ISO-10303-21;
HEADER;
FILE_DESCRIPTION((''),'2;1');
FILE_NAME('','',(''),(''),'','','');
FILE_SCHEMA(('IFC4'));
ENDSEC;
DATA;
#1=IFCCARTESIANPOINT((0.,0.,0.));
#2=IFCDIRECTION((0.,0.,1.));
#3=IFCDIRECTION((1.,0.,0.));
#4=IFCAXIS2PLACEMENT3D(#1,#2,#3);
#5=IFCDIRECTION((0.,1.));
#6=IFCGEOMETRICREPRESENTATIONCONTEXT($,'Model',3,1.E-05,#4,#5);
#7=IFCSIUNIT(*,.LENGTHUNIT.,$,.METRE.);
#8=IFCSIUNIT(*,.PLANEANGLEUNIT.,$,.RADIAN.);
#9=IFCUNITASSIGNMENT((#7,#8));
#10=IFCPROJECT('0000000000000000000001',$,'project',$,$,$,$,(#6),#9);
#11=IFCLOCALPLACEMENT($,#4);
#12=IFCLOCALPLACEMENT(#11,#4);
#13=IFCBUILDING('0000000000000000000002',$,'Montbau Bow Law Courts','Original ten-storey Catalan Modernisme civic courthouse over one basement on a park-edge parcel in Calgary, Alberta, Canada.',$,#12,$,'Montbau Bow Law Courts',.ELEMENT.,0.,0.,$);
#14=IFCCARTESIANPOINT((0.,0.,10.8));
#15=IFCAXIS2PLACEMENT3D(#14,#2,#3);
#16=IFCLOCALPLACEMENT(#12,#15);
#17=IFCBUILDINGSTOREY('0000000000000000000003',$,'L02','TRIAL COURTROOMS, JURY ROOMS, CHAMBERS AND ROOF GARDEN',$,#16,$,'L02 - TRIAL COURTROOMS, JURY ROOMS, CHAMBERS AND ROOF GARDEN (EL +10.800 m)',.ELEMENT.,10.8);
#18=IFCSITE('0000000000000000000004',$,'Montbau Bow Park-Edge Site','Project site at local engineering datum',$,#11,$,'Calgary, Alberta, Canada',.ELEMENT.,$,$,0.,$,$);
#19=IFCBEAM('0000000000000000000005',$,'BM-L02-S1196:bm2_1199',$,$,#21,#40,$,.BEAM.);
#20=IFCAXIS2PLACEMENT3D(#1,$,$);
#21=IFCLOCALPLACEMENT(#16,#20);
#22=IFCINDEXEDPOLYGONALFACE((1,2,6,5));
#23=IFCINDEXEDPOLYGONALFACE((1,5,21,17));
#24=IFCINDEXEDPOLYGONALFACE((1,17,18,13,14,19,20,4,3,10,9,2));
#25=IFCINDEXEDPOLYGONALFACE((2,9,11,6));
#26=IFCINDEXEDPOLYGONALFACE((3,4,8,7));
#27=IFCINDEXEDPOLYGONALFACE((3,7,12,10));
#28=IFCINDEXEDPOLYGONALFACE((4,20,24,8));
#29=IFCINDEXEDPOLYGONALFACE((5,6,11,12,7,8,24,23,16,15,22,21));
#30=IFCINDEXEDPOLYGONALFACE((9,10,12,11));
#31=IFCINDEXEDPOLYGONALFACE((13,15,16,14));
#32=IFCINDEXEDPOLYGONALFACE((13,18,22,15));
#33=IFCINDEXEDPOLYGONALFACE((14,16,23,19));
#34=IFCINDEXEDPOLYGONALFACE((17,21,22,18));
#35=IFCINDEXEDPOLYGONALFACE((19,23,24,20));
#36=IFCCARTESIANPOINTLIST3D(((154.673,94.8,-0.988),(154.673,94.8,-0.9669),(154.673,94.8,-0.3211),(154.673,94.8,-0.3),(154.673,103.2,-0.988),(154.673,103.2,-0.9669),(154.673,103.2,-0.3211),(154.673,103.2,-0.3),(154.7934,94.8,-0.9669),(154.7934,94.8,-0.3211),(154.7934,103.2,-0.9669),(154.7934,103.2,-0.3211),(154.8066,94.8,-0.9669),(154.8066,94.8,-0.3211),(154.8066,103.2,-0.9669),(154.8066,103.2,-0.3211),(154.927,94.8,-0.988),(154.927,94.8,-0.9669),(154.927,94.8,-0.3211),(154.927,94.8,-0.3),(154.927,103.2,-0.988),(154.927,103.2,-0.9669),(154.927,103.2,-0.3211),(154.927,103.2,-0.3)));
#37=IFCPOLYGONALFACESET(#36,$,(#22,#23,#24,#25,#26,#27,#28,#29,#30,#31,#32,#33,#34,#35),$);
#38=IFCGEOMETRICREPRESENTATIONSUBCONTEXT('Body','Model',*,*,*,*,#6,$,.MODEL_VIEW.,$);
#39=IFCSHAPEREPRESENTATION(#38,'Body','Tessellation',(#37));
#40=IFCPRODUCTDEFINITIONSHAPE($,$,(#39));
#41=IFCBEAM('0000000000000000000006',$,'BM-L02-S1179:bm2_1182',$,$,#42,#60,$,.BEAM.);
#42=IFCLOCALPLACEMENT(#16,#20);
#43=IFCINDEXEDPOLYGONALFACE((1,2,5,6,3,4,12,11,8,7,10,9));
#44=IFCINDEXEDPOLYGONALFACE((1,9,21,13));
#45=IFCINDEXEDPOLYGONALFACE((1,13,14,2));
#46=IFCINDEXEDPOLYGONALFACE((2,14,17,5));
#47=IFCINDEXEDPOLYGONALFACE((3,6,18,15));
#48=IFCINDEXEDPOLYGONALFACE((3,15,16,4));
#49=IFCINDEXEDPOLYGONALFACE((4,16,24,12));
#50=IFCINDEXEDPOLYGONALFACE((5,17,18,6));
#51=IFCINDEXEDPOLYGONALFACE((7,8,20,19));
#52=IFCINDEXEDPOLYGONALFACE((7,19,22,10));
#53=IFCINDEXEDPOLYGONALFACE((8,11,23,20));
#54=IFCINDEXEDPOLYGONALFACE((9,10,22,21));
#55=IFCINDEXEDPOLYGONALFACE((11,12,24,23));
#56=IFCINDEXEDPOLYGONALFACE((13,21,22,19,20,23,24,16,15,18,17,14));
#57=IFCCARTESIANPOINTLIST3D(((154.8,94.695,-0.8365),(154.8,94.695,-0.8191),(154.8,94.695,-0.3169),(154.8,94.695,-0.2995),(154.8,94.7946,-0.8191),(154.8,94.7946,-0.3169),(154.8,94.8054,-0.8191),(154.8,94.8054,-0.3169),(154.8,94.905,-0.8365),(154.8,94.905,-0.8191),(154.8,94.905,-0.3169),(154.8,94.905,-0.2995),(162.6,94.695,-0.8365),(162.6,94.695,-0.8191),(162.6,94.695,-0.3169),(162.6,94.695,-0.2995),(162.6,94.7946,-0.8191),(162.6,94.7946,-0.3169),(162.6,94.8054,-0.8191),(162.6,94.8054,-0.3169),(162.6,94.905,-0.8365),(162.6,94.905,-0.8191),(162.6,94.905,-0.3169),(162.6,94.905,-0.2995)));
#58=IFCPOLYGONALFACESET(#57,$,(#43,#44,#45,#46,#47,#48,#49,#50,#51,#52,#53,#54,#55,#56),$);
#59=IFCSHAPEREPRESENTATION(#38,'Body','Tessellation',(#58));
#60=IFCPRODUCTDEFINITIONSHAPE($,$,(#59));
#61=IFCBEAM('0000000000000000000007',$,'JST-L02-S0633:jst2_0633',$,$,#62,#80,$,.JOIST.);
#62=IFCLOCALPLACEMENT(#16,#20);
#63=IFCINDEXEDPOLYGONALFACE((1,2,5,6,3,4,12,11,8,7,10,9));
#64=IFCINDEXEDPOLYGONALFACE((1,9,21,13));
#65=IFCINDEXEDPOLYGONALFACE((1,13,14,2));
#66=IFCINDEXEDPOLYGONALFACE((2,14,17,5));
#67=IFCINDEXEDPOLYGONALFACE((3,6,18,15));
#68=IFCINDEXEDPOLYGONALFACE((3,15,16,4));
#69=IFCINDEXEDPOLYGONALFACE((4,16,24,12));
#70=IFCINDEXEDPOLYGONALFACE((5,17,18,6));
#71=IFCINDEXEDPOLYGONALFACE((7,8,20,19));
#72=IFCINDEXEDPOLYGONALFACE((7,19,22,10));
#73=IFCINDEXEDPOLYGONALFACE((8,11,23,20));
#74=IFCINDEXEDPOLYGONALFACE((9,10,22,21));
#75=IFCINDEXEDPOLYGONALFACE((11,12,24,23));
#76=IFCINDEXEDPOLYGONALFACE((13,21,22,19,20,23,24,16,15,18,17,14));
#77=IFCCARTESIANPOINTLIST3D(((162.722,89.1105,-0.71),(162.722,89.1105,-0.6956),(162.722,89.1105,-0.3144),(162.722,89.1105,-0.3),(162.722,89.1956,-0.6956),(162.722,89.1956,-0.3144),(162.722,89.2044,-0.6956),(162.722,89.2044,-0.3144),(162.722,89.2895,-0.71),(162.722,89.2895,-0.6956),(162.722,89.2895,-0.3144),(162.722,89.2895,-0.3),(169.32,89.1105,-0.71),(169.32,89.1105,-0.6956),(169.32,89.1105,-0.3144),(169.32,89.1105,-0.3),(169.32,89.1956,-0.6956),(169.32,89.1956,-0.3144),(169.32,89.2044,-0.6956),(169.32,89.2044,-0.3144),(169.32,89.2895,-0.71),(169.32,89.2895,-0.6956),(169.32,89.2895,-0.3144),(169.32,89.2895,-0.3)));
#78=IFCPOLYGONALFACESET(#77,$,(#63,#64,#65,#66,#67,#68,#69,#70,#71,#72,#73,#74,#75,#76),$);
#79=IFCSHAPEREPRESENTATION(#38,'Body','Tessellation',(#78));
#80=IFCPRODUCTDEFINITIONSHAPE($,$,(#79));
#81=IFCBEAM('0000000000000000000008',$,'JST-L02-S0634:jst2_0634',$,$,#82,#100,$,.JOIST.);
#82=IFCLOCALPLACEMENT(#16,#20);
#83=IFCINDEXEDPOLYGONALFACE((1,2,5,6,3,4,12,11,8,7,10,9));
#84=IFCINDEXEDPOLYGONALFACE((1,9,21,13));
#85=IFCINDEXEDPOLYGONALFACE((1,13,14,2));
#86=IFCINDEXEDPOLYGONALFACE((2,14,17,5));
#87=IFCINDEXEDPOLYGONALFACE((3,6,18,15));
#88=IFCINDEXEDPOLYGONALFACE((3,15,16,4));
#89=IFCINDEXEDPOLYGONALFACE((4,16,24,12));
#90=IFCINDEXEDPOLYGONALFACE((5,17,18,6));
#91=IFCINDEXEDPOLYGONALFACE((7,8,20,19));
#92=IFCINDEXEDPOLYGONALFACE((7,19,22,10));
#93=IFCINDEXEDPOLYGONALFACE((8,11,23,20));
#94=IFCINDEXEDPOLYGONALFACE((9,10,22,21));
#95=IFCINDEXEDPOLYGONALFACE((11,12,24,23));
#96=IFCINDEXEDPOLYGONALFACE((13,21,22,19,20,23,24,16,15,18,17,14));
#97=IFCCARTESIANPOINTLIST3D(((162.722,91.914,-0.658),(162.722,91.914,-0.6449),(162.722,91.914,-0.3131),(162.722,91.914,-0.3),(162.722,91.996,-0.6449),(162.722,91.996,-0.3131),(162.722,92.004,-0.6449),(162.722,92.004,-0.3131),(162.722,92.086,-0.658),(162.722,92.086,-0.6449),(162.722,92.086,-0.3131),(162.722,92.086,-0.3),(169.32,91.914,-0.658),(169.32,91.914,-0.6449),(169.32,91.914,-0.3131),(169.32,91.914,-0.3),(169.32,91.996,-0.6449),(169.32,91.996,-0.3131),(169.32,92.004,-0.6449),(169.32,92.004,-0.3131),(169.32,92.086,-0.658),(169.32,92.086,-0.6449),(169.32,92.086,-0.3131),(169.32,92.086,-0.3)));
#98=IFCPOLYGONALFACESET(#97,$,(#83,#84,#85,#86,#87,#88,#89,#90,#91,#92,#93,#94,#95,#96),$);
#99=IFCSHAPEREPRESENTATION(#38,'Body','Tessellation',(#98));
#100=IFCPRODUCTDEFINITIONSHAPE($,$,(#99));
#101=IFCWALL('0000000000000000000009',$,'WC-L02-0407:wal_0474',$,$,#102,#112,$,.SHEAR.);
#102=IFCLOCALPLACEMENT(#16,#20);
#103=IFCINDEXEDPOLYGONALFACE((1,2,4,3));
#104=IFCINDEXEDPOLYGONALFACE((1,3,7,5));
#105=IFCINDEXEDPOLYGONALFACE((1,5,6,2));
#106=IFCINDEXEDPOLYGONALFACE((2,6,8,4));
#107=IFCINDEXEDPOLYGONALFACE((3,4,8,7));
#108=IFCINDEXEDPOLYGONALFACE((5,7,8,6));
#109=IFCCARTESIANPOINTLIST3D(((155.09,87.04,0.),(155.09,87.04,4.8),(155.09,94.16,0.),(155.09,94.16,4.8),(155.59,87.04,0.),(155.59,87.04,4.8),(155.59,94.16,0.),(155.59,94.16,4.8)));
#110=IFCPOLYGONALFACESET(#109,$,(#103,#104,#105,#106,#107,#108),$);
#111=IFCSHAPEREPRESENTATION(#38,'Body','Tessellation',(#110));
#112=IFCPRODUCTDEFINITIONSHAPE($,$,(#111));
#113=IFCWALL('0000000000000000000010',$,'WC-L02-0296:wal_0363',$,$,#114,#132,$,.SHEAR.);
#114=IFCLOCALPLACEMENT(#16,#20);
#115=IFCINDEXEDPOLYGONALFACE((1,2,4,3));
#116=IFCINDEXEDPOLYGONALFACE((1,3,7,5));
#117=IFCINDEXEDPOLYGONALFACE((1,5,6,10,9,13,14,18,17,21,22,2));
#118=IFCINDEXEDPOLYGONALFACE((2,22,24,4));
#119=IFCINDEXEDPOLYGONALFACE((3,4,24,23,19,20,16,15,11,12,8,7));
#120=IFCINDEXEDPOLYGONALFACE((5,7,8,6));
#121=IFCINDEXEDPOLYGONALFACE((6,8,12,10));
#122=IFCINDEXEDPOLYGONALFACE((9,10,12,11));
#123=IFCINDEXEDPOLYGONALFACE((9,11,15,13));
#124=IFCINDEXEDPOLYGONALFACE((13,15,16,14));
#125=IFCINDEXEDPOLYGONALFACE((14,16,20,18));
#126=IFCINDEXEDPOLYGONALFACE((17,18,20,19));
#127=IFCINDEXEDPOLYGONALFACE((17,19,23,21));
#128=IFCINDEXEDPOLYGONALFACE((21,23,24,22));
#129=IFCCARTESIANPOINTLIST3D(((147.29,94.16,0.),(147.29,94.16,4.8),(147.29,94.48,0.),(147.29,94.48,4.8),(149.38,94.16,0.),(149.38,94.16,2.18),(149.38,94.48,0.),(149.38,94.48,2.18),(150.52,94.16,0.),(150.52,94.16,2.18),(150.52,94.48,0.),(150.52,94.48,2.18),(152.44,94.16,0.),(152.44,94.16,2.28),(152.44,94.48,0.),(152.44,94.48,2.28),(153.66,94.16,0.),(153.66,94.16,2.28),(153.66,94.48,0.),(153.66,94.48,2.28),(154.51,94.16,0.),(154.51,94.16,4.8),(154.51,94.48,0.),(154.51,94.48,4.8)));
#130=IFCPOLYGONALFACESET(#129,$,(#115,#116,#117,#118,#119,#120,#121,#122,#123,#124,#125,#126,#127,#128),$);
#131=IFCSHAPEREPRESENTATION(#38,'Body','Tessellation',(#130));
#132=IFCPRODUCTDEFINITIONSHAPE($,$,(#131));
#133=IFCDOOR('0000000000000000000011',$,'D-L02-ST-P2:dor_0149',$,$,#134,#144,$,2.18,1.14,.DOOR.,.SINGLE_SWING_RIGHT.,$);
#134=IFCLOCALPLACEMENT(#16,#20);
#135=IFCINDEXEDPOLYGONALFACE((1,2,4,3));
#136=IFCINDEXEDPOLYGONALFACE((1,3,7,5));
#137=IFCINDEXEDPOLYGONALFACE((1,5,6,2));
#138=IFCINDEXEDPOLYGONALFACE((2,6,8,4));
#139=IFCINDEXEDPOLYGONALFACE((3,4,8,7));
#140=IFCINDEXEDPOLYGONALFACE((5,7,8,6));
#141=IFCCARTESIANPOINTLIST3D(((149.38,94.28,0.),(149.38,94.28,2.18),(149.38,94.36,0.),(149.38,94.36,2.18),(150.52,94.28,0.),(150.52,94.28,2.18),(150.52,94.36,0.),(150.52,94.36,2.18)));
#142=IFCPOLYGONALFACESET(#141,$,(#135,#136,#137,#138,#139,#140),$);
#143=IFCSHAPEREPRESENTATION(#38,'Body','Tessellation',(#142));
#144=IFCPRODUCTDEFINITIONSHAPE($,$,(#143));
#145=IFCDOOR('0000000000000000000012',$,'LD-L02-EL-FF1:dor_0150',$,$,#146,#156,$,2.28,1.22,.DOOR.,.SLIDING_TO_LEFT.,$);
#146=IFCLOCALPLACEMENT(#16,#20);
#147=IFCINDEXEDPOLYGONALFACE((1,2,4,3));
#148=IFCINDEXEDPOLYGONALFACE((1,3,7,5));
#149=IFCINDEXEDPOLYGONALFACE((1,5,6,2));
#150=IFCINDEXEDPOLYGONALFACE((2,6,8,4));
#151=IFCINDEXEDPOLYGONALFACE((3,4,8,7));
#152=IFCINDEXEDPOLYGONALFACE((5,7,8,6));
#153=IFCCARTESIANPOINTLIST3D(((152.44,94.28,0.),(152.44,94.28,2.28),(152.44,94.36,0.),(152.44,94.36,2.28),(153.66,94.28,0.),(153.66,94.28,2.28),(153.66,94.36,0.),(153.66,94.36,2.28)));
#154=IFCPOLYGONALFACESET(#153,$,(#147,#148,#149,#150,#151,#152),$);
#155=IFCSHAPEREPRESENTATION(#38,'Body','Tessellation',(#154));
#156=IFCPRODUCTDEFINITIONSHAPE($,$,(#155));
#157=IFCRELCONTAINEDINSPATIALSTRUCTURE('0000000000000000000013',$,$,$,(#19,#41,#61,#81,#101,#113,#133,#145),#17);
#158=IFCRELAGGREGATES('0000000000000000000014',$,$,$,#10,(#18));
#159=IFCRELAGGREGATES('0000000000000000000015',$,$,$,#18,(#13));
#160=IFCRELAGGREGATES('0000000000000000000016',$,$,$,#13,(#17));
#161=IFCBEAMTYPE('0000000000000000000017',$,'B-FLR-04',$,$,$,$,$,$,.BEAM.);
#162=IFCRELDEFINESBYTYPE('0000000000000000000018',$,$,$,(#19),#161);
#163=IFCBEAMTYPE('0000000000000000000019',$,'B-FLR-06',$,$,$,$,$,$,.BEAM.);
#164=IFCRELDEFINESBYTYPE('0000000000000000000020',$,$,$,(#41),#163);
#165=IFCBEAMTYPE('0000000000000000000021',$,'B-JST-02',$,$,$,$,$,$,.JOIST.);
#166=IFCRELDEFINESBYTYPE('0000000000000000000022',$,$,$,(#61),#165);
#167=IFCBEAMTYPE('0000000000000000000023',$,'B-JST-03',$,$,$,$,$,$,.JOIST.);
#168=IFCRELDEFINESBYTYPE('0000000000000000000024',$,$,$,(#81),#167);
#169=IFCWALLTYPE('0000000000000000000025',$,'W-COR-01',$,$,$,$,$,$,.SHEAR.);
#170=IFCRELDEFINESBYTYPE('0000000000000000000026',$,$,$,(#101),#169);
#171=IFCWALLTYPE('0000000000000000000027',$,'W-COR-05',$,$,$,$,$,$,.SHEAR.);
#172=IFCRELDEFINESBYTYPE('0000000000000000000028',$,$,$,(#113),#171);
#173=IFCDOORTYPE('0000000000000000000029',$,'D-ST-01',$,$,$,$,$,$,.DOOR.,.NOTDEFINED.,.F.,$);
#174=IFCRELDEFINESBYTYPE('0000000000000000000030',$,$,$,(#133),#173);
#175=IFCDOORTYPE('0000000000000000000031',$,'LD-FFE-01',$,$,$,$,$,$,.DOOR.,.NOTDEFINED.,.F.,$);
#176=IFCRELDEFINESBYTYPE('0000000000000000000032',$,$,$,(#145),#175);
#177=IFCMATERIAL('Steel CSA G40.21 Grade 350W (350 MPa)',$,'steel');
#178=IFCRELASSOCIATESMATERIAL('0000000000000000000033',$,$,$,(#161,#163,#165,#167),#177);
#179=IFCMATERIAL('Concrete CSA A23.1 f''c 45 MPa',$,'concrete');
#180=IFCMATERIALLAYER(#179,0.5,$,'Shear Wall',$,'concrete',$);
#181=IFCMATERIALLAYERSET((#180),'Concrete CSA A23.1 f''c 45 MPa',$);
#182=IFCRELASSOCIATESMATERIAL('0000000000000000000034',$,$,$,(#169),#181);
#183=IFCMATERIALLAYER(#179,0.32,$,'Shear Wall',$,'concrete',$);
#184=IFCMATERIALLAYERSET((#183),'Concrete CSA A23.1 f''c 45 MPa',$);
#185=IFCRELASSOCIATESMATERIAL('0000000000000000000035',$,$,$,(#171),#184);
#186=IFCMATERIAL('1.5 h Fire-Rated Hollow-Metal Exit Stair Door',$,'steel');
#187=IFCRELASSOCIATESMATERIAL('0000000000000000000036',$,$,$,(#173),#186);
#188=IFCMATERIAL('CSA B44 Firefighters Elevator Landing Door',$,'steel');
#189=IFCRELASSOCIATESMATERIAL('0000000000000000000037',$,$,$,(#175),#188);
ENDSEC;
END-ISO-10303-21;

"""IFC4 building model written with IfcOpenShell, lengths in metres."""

from ifc_helpers import new_model, si_unit, direction, frame, frame_2d, origin_with_axes, origin_2d_with_axis, place, context, subcontext, project, spatial, rectangle, i_section, extrude, material, layer, layer_set, material_profile, profile_set, type_object, element, fill, save


model = new_model("IFC4")

# Units and contexts
model_context = context("Model", 3, precision=1e-05, world=origin_with_axes(), true_north=direction((0.0, 1.0)))
body_context = subcontext(model_context, "Body", "Model", "MODEL_VIEW")
ifc_project = project(units=[si_unit("LENGTHUNIT", "METRE"), si_unit("PLANEANGLEUNIT", "RADIAN")], contexts=[model_context])

# Site, building, storey
site_placement = place(None, origin_with_axes())
site = spatial("IfcSite", under=ifc_project, at=site_placement, Name="Montbau Bow Park-Edge Site", Description="Project site at local engineering datum", LongName="Calgary, Alberta, Canada", CompositionType="ELEMENT", RefElevation=0.0)
building_placement = place(site_placement, origin_with_axes())
building = spatial("IfcBuilding", under=site, at=building_placement, Name="Montbau Bow Law Courts", Description="Original ten-storey Catalan Modernisme civic courthouse over one basement on a park-edge parcel in Calgary, Alberta, Canada.", LongName="Montbau Bow Law Courts", CompositionType="ELEMENT", ElevationOfRefHeight=0.0, ElevationOfTerrain=0.0)
storey_placement = place(building_placement, frame((0.0, 0.0, 10.8), z_axis=(0.0, 0.0, 1.0), x_axis=(1.0, 0.0, 0.0)))
storey = spatial("IfcBuildingStorey", under=building, at=storey_placement, Name="L02", Description="TRIAL COURTROOMS, JURY ROOMS, CHAMBERS AND ROOF GARDEN", LongName="L02 - TRIAL COURTROOMS, JURY ROOMS, CHAMBERS AND ROOF GARDEN (EL +10.800 m)", CompositionType="ELEMENT", Elevation=10.8)

# Beams
ifc_material_1 = material(Name="Steel CSA G40.21 Grade 350W (350 MPa)", Category="steel")
ifc_material_profile_1 = material_profile(ifc_material_1, i_section(OverallWidth=0.254, OverallDepth=0.688, WebThickness=0.0131, FlangeThickness=0.0211, at=origin_2d_with_axis()), Name="W690X152", Category="Main", Priority=0)
ifc_profile_set_1 = profile_set([ifc_material_profile_1], Name="Steel CSA G40.21 Grade 350W (350 MPa)")
beam_type_1 = type_object("IfcBeamType", Name="B-FLR-04", PredefinedType="BEAM", material=ifc_profile_set_1)
beam_1_placement = place(None, frame((154.8, 94.8, 10.156), z_axis=(0.0, 1.0, 0.0), x_axis=(-1.0, 0.0, 0.0)))
element("IfcBeam", 1, at=beam_1_placement, inside=storey, type_object=beam_type_1, Name="BM-L02-S1196:bm2_1199", PredefinedType="BEAM", context=body_context, shape_type="SweptSolid", body=[
    extrude(i_section(OverallWidth=0.254, OverallDepth=0.688, WebThickness=0.0131, FlangeThickness=0.0211, at=origin_2d_with_axis()), origin_with_axes(), (0.0, 0.0, 1.0), 8.4),
])
ifc_material_profile_2 = material_profile(ifc_material_1, i_section(OverallWidth=0.21, OverallDepth=0.537, WebThickness=0.0109, FlangeThickness=0.0174, at=origin_2d_with_axis()), Name="W530X101", Category="Main", Priority=0)
ifc_profile_set_2 = profile_set([ifc_material_profile_2], Name="Steel CSA G40.21 Grade 350W (350 MPa)")
beam_type_2 = type_object("IfcBeamType", Name="B-FLR-06", PredefinedType="BEAM", material=ifc_profile_set_2)
beam_2_placement = place(None, frame((154.8, 94.8, 10.232), z_axis=(1.0, 0.0, 0.0), x_axis=(0.0, 1.0, 0.0)))
element("IfcBeam", 2, at=beam_2_placement, inside=storey, type_object=beam_type_2, Name="BM-L02-S1179:bm2_1182", PredefinedType="BEAM", context=body_context, shape_type="SweptSolid", body=[
    extrude(i_section(OverallWidth=0.21, OverallDepth=0.537, WebThickness=0.0109, FlangeThickness=0.0174, at=origin_2d_with_axis()), origin_with_axes(), (0.0, 0.0, 1.0), 7.8),
])
ifc_material_profile_3 = material_profile(ifc_material_1, i_section(OverallWidth=0.179, OverallDepth=0.41, WebThickness=0.0088, FlangeThickness=0.0144, at=origin_2d_with_axis()), Name="W410X67", Category="Main", Priority=0)
ifc_profile_set_3 = profile_set([ifc_material_profile_3], Name="Steel CSA G40.21 Grade 350W (350 MPa)")
beam_type_3 = type_object("IfcBeamType", Name="B-JST-02", PredefinedType="JOIST", material=ifc_profile_set_3)
beam_3_placement = place(None, frame((162.722, 89.2, 10.295), z_axis=(1.0, 0.0, 0.0), x_axis=(0.0, 1.0, 0.0)))
element("IfcBeam", 3, at=beam_3_placement, inside=storey, type_object=beam_type_3, Name="JST-L02-S0633:jst2_0633", PredefinedType="JOIST", context=body_context, shape_type="SweptSolid", body=[
    extrude(i_section(OverallWidth=0.179, OverallDepth=0.41, WebThickness=0.0088, FlangeThickness=0.0144, at=origin_2d_with_axis()), origin_with_axes(), (0.0, 0.0, 1.0), 6.598),
])
ifc_material_profile_4 = material_profile(ifc_material_1, i_section(OverallWidth=0.172, OverallDepth=0.358, WebThickness=0.0079, FlangeThickness=0.0131, at=origin_2d_with_axis()), Name="W360X57", Category="Main", Priority=0)
ifc_profile_set_4 = profile_set([ifc_material_profile_4], Name="Steel CSA G40.21 Grade 350W (350 MPa)")
beam_type_4 = type_object("IfcBeamType", Name="B-JST-03", PredefinedType="JOIST", material=ifc_profile_set_4)
beam_4_placement = place(None, frame((162.722, 92.0, 10.321), z_axis=(1.0, 0.0, 0.0), x_axis=(0.0, 1.0, 0.0)))
element("IfcBeam", 4, at=beam_4_placement, inside=storey, type_object=beam_type_4, Name="JST-L02-S0634:jst2_0634", PredefinedType="JOIST", context=body_context, shape_type="SweptSolid", body=[
    extrude(i_section(OverallWidth=0.172, OverallDepth=0.358, WebThickness=0.0079, FlangeThickness=0.0131, at=origin_2d_with_axis()), origin_with_axes(), (0.0, 0.0, 1.0), 6.598),
])

# Wall
ifc_material_2 = material(Name="Concrete CSA A23.1 f'c 45 MPa", Category="concrete")
ifc_layer_1 = layer(ifc_material_2, 0.5, Name="Shear Wall", Category="concrete")
ifc_layer_set_1 = layer_set([ifc_layer_1], Name="Concrete CSA A23.1 f'c 45 MPa")
wall_type_1 = type_object("IfcWallType", Name="W-COR-01", PredefinedType="SHEAR", material=ifc_layer_set_1)
wall_1_placement = place(None, frame((155.34, 94.16, 10.8), z_axis=(0.0, 0.0, 1.0), x_axis=(0.0, -1.0, 0.0)))
element("IfcWall", 5, at=wall_1_placement, inside=storey, type_object=wall_type_1, Name="WC-L02-0407:wal_0474", PredefinedType="SHEAR", context=body_context, shape_type="SweptSolid", body=[
    extrude(rectangle(XDim=7.12, YDim=0.5, at=frame_2d((3.56, 0.0), x_axis=(1.0, 0.0))), origin_with_axes(), (0.0, 0.0, 1.0), 4.8),
])

# Wall, openings, doors
ifc_layer_2 = layer(ifc_material_2, 0.32, Name="Shear Wall", Category="concrete")
ifc_layer_set_2 = layer_set([ifc_layer_2], Name="Concrete CSA A23.1 f'c 45 MPa")
wall_type_2 = type_object("IfcWallType", Name="W-COR-05", PredefinedType="SHEAR", material=ifc_layer_set_2)
wall_2_placement = place(None, frame((154.51, 94.32, 10.8), z_axis=(0.0, 0.0, 1.0), x_axis=(-1.0, 0.0, 0.0)))
wall_2 = element("IfcWall", 6, at=wall_2_placement, inside=storey, type_object=wall_type_2, Name="WC-L02-0296:wal_0363", PredefinedType="SHEAR", context=body_context, shape_type="SweptSolid", body=[
    extrude(rectangle(XDim=7.22, YDim=0.32, at=frame_2d((3.61, 0.0), x_axis=(1.0, 0.0))), origin_with_axes(), (0.0, 0.0, 1.0), 4.8),
])
opening_1_placement = place(None, frame((149.95, 94.32, 10.8), z_axis=(0.0, 0.0, 1.0), x_axis=(-1.0, 0.0, 0.0)))
opening_1 = element("IfcOpeningElement", 7, at=opening_1_placement, cuts=wall_2, PredefinedType="OPENING", context=body_context, shape_type="SweptSolid", body=[
    extrude(rectangle(XDim=1.14, YDim=2.18, at=frame_2d((0.0, 1.09), x_axis=(1.0, 0.0))), frame((0.0, 0.17, 0.0), z_axis=(0.0, -1.0, 0.0), x_axis=(1.0, 0.0, 0.0)), (0.0, 0.0, 1.0), 0.34),
])
opening_2_placement = place(None, frame((153.05, 94.32, 10.8), z_axis=(0.0, 0.0, 1.0), x_axis=(-1.0, 0.0, 0.0)))
opening_2 = element("IfcOpeningElement", 8, at=opening_2_placement, cuts=wall_2, PredefinedType="OPENING", context=body_context, shape_type="SweptSolid", body=[
    extrude(rectangle(XDim=1.22, YDim=2.28, at=frame_2d((0.0, 1.14), x_axis=(1.0, 0.0))), frame((0.0, 0.17, 0.0), z_axis=(0.0, -1.0, 0.0), x_axis=(1.0, 0.0, 0.0)), (0.0, 0.0, 1.0), 0.34),
])
ifc_material_3 = material(Name="1.5 h Fire-Rated Hollow-Metal Exit Stair Door", Category="steel")
door_type_1 = type_object("IfcDoorType", Name="D-ST-01", OperationType="NOTDEFINED", ParameterTakesPrecedence=False, PredefinedType="DOOR", material=ifc_material_3)
door_1_placement = place(None, frame((149.95, 94.32, 10.8), z_axis=(0.0, 0.0, 1.0), x_axis=(1.0, 0.0, 0.0)))
door_1 = element("IfcDoor", 9, at=door_1_placement, inside=storey, type_object=door_type_1, Name="D-L02-ST-P2:dor_0149", OperationType="SINGLE_SWING_RIGHT", OverallHeight=2.18, OverallWidth=1.14, PredefinedType="DOOR", context=body_context, shape_type="SweptSolid", body=[
    extrude(rectangle(XDim=1.14, YDim=2.18, at=frame_2d((0.0, 1.09), x_axis=(1.0, 0.0))), frame((0.0, 0.04, 0.0), z_axis=(0.0, -1.0, 0.0), x_axis=(1.0, 0.0, 0.0)), (0.0, 0.0, 1.0), 0.08),
])
fill(opening_1, door_1)
ifc_material_4 = material(Name="CSA B44 Firefighters Elevator Landing Door", Category="steel")
door_type_2 = type_object("IfcDoorType", Name="LD-FFE-01", OperationType="NOTDEFINED", ParameterTakesPrecedence=False, PredefinedType="DOOR", material=ifc_material_4)
door_2_placement = place(None, frame((153.05, 94.32, 10.8), z_axis=(0.0, 0.0, 1.0), x_axis=(1.0, 0.0, 0.0)))
door_2 = element("IfcDoor", 10, at=door_2_placement, inside=storey, type_object=door_type_2, Name="LD-L02-EL-FF1:dor_0150", OperationType="SLIDING_TO_LEFT", OverallHeight=2.28, OverallWidth=1.22, PredefinedType="DOOR", context=body_context, shape_type="SweptSolid", body=[
    extrude(rectangle(XDim=1.22, YDim=2.28, at=frame_2d((0.0, 1.14), x_axis=(1.0, 0.0))), frame((0.0, 0.04, 0.0), z_axis=(0.0, -1.0, 0.0), x_axis=(1.0, 0.0, 0.0)), (0.0, 0.0, 1.0), 0.08),
])
fill(opening_2, door_2)

save(model, "model.ifc")
